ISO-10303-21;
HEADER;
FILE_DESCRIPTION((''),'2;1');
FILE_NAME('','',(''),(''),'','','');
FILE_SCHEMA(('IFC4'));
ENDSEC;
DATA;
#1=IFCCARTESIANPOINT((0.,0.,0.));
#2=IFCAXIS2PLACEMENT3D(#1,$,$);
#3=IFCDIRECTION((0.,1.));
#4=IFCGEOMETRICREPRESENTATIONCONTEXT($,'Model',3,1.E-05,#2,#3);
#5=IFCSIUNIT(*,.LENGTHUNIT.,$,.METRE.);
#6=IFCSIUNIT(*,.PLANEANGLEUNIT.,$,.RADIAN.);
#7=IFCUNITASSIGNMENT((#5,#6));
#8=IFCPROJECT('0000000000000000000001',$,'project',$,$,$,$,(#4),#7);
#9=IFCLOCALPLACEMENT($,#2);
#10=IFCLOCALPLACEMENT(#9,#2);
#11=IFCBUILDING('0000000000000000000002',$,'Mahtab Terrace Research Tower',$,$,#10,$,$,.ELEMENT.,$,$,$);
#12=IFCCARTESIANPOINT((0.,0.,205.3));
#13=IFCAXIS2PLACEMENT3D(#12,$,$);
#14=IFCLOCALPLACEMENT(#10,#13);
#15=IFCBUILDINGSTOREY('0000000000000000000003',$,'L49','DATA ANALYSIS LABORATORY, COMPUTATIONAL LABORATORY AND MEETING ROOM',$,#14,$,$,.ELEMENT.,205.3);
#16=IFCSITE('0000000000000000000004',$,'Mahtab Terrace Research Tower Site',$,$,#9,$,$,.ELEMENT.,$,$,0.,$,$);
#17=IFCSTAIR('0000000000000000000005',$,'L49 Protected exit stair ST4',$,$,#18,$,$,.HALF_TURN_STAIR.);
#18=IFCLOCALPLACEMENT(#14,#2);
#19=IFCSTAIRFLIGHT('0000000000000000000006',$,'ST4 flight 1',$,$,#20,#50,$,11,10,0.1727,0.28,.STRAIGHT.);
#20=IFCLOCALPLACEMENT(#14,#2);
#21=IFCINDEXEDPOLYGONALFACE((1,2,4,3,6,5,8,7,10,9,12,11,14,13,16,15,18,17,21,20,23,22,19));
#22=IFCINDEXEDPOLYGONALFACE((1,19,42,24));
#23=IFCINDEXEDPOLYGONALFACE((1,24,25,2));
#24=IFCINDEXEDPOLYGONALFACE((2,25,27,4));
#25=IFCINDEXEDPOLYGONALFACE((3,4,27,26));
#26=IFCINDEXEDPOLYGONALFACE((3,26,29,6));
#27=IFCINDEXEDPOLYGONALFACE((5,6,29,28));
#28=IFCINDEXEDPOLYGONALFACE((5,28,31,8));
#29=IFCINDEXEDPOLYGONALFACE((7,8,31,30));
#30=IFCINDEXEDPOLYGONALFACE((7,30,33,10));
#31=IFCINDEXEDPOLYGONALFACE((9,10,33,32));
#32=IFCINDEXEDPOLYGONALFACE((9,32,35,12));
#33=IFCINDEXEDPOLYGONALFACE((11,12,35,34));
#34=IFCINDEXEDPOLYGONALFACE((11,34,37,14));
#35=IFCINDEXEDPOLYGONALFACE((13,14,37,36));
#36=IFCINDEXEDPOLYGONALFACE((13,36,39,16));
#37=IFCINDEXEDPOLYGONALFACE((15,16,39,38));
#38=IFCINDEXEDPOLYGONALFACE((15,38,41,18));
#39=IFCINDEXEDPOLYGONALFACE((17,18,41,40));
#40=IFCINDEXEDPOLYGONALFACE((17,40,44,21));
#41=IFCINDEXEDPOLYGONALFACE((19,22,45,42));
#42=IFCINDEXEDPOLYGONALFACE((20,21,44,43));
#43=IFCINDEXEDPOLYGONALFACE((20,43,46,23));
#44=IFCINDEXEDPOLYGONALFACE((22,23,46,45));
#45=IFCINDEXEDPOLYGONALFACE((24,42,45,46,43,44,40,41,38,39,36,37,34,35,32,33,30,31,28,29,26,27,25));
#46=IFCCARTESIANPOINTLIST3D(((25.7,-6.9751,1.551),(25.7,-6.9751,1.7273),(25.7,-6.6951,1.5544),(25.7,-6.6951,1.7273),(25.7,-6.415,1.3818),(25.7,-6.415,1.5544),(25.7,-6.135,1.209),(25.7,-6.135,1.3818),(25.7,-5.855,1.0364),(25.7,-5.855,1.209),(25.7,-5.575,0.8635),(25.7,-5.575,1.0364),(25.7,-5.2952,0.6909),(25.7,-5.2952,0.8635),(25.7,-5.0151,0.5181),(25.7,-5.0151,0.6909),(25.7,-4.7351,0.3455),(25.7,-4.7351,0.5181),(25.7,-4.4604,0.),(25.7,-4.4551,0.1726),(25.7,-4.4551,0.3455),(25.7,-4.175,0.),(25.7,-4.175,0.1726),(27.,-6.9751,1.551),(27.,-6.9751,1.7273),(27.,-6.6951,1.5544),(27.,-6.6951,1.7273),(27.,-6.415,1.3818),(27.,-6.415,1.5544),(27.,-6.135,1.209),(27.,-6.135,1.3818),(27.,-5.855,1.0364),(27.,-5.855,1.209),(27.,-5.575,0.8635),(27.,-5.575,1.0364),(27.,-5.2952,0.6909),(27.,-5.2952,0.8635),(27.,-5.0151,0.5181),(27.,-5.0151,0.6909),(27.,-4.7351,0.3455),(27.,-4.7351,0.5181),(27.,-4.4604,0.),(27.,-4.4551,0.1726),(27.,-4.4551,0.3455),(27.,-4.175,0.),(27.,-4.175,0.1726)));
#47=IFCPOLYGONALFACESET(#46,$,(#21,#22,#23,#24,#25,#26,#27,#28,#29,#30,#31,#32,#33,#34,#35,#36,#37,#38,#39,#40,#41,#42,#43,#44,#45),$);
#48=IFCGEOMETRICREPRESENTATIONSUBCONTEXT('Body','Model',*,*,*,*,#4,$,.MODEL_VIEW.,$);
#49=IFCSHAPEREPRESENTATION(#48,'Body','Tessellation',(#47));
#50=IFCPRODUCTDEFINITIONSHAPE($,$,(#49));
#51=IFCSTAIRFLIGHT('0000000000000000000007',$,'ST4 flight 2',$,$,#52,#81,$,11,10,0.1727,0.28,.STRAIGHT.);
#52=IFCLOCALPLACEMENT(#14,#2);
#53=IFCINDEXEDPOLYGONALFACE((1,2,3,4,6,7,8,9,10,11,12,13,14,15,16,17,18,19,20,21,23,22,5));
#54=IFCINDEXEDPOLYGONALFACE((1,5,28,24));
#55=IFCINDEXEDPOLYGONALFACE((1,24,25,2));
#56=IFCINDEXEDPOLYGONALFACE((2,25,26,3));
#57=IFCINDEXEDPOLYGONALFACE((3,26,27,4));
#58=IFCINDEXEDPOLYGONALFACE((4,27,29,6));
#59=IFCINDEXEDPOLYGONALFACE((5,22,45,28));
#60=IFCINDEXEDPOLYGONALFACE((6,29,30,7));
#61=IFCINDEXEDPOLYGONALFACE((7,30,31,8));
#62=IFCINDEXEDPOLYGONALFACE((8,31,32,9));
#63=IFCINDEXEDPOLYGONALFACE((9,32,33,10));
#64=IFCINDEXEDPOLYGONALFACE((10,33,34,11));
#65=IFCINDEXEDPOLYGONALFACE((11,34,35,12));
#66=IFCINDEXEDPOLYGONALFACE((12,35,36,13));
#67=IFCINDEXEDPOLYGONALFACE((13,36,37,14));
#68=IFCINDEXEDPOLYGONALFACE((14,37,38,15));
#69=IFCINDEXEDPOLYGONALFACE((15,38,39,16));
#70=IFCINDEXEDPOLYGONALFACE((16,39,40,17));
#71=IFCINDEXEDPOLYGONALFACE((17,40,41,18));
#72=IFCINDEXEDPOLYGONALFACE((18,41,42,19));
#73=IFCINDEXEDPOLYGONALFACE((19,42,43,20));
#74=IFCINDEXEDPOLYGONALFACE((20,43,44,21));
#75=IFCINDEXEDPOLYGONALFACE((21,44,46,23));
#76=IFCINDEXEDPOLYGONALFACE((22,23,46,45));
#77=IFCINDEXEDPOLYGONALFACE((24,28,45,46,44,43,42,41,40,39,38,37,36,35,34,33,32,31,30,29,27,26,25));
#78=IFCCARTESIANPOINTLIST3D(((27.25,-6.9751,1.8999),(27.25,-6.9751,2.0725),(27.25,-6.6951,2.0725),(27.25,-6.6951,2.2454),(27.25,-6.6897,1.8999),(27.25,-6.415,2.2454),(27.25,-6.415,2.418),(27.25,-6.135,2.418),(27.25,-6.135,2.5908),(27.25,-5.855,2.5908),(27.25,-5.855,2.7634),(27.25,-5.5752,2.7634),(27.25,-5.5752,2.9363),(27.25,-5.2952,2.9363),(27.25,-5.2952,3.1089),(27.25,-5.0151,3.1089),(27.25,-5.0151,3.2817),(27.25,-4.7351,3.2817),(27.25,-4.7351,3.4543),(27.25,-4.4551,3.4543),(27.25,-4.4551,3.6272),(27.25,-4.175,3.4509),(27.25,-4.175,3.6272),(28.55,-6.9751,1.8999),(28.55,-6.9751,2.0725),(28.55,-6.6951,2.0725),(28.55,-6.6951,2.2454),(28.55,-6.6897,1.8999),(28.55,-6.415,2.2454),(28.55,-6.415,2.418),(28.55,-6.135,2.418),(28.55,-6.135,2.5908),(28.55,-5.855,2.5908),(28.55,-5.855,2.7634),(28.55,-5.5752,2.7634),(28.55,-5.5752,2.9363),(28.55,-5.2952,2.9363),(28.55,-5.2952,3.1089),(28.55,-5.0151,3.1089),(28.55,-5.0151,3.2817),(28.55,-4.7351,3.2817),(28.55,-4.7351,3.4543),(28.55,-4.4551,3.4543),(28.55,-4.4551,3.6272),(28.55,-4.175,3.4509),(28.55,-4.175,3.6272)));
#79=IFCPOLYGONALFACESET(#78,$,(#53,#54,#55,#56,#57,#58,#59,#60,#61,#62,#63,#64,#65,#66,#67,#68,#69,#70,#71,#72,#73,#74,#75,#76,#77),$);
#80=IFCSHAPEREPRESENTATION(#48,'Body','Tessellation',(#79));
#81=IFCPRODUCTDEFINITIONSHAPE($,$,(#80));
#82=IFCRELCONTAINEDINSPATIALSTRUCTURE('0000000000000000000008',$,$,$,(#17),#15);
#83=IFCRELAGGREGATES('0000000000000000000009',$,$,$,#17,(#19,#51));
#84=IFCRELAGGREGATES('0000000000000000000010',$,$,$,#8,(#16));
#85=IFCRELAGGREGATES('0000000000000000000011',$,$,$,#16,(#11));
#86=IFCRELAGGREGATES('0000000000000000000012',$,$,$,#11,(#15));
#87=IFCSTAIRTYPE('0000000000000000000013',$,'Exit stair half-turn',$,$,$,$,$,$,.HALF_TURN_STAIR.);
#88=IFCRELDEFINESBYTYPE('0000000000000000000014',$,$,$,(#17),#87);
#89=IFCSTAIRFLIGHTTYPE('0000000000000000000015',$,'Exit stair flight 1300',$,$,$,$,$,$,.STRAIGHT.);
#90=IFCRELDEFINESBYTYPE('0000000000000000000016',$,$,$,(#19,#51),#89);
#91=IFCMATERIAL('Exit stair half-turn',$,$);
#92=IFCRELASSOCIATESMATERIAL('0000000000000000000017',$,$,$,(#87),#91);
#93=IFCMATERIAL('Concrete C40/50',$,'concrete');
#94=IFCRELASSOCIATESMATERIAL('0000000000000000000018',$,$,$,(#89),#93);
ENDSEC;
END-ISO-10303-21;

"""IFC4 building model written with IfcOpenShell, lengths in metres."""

from ifc_helpers import new_model, si_unit, direction, frame, origin, place, context, subcontext, project, spatial, polyline, outline, extrude, material, type_object, element, aggregate, save


model = new_model("IFC4")

# Units and contexts
model_context = context("Model", 3, precision=1e-05, world=origin(), true_north=direction((0.0, 1.0)))
body_context = subcontext(model_context, "Body", "Model", "MODEL_VIEW")
ifc_project = project(units=[si_unit("LENGTHUNIT", "METRE"), si_unit("PLANEANGLEUNIT", "RADIAN")], contexts=[model_context])

# Site, building, storey
site_placement = place(None, origin())
site = spatial("IfcSite", under=ifc_project, at=site_placement, Name="Mahtab Terrace Research Tower Site", CompositionType="ELEMENT", RefElevation=0.0)
building_placement = place(site_placement, origin())
building = spatial("IfcBuilding", under=site, at=building_placement, Name="Mahtab Terrace Research Tower", CompositionType="ELEMENT")
storey_placement = place(building_placement, frame((0.0, 0.0, 205.3)))
storey = spatial("IfcBuildingStorey", under=building, at=storey_placement, Name="L49", Description="DATA ANALYSIS LABORATORY, COMPUTATIONAL LABORATORY AND MEETING ROOM", CompositionType="ELEMENT", Elevation=205.3)

# Stair, stair flights
ifc_material_1 = material(Name="Exit stair half-turn")
stair_type = type_object("IfcStairType", Name="Exit stair half-turn", PredefinedType="HALF_TURN_STAIR", material=ifc_material_1)
stair_placement = place(storey_placement, origin())
stair = element("IfcStair", 1, at=stair_placement, inside=storey, type_object=stair_type, Name="L49 Protected exit stair ST4", PredefinedType="HALF_TURN_STAIR")
ifc_material_2 = material(Name="Concrete C40/50", Category="concrete")
stair_flight_type = type_object("IfcStairFlightType", Name="Exit stair flight 1300", PredefinedType="STRAIGHT", material=ifc_material_2)
stair_flight_1_placement = place(storey_placement, frame((26.3501, -4.175, 0.0), z_axis=(0.0, 0.0, 1.0), x_axis=(0.0, -1.0, 0.0)))
stair_flight_1 = element("IfcStairFlight", 2, at=stair_flight_1_placement, type_object=stair_flight_type, Name="ST4 flight 1", NumberOfRisers=11, NumberOfTreads=10, PredefinedType="STRAIGHT", RiserHeight=0.1727, TreadLength=0.28, context=body_context, shape_type="SweptSolid", body=[
    extrude(outline(polyline([(0.0, 0.0), (0.0, 0.1726), (0.28, 0.1726), (0.28, 0.3455), (0.5601, 0.3455), (0.5601, 0.5181), (0.8401, 0.5181), (0.8401, 0.6909), (1.1201, 0.6909), (1.1201, 0.8635), (1.3999, 0.8635), (1.3999, 1.0364), (1.6799, 1.0364), (1.6799, 1.209), (1.96, 1.209), (1.96, 1.3818), (2.24, 1.3818), (2.24, 1.5544), (2.52, 1.5544), (2.52, 1.7273), (2.8, 1.7273), (2.8, 1.8999), (2.8, 1.551), (0.2854, 0.0), (0.0, 0.0)])), frame((0.0, 0.6499, 0.0), z_axis=(0.0, -1.0, 0.0), x_axis=(1.0, 0.0, 0.0)), (0.0, 0.0, 1.0), 1.3),
])
stair_flight_2_placement = place(storey_placement, frame((27.8999, -6.9751, 1.8999), z_axis=(0.0, 0.0, 1.0), x_axis=(0.0, 1.0, 0.0)))
stair_flight_2 = element("IfcStairFlight", 3, at=stair_flight_2_placement, type_object=stair_flight_type, Name="ST4 flight 2", NumberOfRisers=11, NumberOfTreads=10, PredefinedType="STRAIGHT", RiserHeight=0.1727, TreadLength=0.28, context=body_context, shape_type="SweptSolid", body=[
    extrude(outline(polyline([(0.0, 0.0), (0.0, 0.1726), (0.28, 0.1726), (0.28, 0.3455), (0.5601, 0.3455), (0.5601, 0.5181), (0.8401, 0.5181), (0.8401, 0.6909), (1.1201, 0.6909), (1.1201, 0.8635), (1.3999, 0.8635), (1.3999, 1.0364), (1.6799, 1.0364), (1.6799, 1.209), (1.96, 1.209), (1.96, 1.3818), (2.24, 1.3818), (2.24, 1.5544), (2.52, 1.5544), (2.52, 1.7273), (2.8, 1.7273), (2.8, 1.8999), (2.8, 1.551), (0.2854, 0.0), (0.0, 0.0)])), frame((0.0, 0.6499, 0.0), z_axis=(0.0, -1.0, 0.0), x_axis=(1.0, 0.0, 0.0)), (0.0, 0.0, 1.0), 1.3),
])
aggregate(stair, [stair_flight_1, stair_flight_2])

save(model, "model.ifc")
